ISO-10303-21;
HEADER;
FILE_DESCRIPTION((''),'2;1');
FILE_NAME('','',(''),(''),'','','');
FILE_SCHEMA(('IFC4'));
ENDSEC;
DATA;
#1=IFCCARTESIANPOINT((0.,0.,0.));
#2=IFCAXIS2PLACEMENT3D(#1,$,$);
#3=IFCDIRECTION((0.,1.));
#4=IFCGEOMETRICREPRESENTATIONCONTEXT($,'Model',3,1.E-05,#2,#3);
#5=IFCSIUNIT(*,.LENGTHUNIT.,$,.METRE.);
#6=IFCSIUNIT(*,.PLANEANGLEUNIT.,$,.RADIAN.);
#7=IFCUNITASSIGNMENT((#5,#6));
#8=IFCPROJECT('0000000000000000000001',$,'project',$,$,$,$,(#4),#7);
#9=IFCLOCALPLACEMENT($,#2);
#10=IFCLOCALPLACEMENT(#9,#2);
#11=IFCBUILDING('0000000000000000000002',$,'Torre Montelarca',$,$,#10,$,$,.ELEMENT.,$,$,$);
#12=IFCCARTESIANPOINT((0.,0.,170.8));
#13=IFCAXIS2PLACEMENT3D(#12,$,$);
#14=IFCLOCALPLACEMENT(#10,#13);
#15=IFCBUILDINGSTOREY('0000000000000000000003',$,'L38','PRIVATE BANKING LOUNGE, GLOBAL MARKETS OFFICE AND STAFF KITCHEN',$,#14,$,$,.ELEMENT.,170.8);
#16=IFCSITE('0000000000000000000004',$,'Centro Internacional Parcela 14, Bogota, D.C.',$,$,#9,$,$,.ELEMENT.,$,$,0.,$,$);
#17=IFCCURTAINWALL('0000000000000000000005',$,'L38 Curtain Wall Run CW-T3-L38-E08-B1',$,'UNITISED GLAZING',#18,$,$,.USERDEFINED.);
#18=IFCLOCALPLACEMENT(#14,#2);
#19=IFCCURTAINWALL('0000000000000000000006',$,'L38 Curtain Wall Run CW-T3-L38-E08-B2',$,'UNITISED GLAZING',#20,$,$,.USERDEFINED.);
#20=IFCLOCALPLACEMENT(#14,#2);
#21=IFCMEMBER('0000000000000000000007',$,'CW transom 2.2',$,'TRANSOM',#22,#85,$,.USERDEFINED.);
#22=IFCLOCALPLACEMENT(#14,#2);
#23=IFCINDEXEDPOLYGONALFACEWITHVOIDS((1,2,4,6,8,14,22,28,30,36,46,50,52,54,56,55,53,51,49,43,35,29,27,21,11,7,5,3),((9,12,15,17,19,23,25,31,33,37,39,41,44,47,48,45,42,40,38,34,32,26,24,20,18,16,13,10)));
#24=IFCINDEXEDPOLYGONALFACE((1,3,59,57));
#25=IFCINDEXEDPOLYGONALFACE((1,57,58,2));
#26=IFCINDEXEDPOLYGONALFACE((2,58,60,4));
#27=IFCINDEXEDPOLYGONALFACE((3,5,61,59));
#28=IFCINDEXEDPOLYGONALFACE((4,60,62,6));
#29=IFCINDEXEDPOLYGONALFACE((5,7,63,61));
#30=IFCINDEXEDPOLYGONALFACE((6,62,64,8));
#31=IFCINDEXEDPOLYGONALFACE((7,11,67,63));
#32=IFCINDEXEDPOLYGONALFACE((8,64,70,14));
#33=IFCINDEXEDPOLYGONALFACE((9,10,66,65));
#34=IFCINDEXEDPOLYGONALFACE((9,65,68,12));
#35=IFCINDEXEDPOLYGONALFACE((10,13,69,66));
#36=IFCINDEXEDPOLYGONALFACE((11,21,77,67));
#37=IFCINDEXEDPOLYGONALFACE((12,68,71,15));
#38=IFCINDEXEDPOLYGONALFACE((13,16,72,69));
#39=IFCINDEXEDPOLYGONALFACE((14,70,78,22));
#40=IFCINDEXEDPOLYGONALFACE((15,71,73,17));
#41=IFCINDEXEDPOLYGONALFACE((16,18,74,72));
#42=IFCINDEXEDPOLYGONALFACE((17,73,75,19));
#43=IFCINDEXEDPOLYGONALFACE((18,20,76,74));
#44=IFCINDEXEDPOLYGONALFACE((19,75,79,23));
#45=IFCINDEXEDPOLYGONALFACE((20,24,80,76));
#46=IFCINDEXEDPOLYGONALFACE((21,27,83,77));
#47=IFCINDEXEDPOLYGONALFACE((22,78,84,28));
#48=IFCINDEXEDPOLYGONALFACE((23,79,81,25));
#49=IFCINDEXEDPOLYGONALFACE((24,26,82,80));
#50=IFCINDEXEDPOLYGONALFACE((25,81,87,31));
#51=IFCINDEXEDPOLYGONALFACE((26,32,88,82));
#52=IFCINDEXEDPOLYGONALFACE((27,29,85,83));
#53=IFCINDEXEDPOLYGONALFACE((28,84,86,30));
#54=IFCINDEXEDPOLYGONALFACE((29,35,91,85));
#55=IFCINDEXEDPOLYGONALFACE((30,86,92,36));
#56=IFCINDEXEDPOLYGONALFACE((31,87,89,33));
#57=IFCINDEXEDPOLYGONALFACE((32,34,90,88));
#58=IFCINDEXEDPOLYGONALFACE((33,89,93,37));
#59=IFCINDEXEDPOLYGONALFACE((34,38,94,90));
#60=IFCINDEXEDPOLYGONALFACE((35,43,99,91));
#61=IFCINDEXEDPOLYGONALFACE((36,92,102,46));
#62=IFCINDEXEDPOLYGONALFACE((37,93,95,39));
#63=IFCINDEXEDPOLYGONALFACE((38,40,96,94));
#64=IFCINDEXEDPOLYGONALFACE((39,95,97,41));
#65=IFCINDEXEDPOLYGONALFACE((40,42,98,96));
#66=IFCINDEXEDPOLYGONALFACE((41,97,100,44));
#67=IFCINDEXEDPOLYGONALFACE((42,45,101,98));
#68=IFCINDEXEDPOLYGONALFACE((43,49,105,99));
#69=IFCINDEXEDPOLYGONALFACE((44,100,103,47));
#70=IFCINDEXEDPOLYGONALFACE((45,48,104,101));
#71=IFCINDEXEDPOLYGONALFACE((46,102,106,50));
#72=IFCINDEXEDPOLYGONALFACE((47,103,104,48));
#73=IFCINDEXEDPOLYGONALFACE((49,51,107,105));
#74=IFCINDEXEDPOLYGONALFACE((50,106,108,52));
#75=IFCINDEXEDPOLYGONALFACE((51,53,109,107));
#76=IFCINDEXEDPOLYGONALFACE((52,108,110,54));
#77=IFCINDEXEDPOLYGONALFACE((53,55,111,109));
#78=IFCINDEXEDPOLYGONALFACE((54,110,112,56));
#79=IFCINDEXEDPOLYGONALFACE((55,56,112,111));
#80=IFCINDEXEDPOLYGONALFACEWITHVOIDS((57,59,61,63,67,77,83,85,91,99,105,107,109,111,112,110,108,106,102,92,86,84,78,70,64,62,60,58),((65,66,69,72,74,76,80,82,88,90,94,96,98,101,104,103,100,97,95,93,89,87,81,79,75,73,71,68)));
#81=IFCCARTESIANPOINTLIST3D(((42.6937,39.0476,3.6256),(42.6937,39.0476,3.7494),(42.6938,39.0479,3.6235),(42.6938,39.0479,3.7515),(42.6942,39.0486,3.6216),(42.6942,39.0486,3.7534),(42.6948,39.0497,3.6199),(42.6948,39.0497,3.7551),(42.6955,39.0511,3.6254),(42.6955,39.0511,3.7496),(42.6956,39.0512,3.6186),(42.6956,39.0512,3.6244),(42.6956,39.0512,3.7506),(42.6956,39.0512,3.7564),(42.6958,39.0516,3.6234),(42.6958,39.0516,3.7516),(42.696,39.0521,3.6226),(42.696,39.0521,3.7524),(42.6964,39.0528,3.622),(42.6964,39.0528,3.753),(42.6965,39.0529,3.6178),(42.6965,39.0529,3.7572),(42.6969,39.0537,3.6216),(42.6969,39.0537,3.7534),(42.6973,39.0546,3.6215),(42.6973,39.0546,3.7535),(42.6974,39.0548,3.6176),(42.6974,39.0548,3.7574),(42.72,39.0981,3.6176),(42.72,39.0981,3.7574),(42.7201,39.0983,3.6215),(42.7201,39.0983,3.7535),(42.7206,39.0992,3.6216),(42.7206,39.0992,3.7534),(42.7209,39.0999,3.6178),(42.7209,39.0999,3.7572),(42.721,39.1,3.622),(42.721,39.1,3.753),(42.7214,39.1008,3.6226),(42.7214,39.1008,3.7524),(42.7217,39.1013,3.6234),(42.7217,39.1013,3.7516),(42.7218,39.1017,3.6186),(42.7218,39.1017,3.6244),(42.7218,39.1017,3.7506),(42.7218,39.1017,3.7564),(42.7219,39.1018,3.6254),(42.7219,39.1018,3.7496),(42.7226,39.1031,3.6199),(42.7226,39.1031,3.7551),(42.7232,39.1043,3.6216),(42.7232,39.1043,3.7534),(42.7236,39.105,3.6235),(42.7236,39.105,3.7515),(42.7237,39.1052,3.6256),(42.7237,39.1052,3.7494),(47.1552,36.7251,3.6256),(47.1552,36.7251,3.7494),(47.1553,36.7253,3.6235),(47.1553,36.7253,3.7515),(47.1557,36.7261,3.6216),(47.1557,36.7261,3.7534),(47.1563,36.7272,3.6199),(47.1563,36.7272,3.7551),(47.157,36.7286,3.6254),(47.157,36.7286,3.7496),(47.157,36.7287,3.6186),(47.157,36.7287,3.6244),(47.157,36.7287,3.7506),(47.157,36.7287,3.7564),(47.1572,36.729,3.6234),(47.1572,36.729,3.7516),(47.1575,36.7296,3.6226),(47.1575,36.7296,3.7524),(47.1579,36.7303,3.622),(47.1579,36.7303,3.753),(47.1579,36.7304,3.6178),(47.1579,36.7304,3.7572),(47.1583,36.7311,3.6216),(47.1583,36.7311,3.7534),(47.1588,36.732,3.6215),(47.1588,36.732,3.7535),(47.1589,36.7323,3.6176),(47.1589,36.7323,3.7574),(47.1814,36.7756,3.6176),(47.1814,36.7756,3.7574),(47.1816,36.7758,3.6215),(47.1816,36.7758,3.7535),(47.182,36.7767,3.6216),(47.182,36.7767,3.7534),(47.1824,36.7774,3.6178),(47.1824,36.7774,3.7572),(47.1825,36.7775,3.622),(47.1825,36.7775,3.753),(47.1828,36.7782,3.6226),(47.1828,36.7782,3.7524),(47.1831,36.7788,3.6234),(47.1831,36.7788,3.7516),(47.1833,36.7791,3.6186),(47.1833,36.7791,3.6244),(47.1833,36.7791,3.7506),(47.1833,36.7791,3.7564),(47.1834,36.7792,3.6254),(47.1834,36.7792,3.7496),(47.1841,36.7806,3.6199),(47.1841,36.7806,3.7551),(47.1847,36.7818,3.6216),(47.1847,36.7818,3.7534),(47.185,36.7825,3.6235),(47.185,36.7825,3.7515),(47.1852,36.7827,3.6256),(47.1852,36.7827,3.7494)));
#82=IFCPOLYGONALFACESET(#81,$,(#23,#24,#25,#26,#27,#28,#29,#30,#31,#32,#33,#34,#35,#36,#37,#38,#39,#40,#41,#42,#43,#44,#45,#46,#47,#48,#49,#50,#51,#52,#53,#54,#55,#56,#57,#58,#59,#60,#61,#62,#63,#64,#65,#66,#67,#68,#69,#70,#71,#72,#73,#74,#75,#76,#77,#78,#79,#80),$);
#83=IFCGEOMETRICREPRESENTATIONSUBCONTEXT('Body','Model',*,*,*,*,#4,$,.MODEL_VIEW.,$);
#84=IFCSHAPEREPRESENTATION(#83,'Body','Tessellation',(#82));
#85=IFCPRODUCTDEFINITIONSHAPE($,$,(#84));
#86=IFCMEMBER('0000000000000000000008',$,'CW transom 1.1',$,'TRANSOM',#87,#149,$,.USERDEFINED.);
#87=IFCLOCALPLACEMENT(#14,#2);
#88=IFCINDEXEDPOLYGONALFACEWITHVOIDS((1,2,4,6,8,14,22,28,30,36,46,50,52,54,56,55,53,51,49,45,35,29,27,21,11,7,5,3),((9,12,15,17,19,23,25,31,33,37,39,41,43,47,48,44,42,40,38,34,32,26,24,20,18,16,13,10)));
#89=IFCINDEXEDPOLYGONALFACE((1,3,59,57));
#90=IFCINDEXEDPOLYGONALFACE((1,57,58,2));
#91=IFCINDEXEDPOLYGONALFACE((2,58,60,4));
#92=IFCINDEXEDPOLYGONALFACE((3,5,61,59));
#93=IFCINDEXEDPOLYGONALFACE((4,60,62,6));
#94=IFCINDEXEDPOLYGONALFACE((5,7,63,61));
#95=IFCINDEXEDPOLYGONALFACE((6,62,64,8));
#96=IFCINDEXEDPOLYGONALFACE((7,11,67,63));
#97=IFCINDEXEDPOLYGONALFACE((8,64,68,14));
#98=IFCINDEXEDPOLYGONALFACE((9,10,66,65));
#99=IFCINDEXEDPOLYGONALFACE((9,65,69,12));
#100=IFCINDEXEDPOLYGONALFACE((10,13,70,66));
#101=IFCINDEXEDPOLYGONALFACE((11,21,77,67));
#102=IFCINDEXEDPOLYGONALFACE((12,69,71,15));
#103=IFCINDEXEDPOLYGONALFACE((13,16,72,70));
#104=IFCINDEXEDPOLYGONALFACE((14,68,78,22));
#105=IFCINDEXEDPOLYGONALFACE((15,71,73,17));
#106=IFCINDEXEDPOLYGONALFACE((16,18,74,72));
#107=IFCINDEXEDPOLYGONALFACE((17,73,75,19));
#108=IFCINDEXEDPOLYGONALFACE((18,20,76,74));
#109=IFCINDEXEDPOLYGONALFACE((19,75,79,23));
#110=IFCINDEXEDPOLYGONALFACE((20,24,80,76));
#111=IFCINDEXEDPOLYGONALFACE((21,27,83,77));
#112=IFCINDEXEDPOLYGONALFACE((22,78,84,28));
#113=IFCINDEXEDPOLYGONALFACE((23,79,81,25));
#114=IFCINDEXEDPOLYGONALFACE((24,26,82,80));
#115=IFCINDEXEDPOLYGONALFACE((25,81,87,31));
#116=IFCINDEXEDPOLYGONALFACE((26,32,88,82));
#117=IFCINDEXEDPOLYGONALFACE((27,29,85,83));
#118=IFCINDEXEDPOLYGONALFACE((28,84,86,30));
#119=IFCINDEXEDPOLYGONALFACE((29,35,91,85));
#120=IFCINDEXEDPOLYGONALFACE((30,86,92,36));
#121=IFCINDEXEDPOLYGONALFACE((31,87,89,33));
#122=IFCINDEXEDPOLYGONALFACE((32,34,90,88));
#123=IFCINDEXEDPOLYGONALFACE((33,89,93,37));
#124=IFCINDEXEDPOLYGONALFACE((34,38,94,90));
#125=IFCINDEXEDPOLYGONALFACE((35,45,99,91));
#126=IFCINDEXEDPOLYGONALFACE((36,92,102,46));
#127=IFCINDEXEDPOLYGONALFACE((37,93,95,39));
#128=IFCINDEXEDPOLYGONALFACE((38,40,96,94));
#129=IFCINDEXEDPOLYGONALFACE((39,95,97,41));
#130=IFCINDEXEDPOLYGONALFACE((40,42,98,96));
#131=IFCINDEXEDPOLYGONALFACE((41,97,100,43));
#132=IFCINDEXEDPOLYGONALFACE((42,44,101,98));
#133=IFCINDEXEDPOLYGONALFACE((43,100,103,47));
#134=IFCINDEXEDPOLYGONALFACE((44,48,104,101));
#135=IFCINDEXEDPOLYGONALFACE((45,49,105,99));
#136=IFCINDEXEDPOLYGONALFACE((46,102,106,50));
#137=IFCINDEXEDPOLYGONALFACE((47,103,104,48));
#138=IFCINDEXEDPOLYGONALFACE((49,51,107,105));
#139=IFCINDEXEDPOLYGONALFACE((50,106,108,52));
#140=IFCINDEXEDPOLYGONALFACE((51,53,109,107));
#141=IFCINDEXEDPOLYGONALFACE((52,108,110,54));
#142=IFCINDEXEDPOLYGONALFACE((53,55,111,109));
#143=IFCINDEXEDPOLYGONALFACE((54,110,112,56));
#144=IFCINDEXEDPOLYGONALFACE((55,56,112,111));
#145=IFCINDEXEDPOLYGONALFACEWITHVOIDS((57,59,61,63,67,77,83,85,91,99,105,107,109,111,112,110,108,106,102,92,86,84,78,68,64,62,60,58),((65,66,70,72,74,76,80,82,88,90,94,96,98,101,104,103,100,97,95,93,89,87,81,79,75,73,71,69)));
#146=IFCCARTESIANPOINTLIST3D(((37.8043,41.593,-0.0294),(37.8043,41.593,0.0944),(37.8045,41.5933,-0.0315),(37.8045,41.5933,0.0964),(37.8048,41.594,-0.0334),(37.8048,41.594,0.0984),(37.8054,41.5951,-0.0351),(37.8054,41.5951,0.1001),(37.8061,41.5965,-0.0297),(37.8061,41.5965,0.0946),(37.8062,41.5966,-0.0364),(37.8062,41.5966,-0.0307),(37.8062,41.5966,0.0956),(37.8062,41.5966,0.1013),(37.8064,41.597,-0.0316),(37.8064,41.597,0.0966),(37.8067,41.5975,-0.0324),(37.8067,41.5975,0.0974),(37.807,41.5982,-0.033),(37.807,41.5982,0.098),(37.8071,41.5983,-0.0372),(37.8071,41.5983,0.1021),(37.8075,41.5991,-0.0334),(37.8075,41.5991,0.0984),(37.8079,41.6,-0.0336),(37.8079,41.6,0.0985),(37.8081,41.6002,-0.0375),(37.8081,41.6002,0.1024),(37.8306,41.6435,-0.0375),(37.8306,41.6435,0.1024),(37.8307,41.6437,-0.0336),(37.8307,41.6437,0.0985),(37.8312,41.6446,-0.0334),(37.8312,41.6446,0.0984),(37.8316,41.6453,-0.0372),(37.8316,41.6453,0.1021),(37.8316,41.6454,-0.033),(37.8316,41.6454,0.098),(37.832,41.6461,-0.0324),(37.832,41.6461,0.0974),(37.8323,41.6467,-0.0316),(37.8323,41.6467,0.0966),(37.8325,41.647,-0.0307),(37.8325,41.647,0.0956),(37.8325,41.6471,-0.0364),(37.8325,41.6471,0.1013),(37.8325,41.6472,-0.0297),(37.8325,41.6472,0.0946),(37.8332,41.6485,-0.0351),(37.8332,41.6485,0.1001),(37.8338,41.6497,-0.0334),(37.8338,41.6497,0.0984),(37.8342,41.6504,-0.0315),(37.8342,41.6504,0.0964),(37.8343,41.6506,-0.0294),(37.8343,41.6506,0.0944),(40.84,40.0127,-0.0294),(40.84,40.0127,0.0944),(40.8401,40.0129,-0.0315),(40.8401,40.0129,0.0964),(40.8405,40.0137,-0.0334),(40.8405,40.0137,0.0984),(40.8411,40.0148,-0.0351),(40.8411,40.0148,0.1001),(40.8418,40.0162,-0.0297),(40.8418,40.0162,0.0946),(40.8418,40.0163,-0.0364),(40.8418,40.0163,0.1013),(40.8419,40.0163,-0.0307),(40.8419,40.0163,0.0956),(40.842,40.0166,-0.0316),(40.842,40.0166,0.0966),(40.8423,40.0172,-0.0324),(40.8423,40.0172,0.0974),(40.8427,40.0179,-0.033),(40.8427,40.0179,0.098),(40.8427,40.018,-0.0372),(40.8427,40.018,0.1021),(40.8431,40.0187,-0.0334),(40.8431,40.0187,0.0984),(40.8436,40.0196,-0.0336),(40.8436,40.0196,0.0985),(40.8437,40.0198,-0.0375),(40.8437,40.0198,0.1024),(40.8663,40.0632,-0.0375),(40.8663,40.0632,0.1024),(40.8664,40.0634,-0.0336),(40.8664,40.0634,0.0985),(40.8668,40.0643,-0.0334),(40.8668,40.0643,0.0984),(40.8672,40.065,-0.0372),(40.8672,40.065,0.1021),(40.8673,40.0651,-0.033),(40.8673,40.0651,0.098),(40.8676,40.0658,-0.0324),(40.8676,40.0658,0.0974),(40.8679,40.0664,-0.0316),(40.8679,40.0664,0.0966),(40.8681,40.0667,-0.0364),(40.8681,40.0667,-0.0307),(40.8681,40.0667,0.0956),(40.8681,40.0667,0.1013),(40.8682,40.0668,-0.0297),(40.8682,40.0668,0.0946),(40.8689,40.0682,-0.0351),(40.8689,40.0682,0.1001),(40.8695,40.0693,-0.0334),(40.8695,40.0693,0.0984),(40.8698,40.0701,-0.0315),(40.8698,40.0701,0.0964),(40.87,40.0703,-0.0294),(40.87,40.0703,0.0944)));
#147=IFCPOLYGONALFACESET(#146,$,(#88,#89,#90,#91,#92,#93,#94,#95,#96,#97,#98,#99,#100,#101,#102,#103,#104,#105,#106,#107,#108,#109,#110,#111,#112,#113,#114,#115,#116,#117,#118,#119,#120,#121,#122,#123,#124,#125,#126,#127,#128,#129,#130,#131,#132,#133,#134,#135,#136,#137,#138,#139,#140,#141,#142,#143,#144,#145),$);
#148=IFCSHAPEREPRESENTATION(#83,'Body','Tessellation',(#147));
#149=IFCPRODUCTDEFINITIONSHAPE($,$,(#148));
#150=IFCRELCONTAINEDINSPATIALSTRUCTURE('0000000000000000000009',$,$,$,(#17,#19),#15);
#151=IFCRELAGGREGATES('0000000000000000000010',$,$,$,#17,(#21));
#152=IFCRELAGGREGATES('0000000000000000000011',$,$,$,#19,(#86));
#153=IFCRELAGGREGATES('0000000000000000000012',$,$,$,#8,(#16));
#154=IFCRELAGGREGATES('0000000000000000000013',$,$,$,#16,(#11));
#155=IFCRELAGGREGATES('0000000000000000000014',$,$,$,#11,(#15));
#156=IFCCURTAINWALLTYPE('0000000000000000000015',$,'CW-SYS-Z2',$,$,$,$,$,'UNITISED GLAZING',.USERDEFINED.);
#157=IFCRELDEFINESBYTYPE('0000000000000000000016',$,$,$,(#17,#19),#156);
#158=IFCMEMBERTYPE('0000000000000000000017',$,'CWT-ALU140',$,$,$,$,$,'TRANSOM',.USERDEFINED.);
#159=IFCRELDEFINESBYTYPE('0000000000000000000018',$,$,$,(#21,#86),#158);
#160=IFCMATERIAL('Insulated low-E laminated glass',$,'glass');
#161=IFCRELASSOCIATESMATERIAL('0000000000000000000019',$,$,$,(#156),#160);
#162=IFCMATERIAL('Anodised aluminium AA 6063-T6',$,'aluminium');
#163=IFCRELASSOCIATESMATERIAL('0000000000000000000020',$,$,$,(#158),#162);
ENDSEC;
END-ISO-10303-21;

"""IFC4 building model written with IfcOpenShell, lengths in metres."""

from ifc_helpers import new_model, si_unit, direction, frame, origin, origin_2d, place, context, subcontext, project, spatial, hollow_rectangle, extrude, source, transform, mapped, material, material_profile, profile_set, type_object, element, aggregate, save


model = new_model("IFC4")

# Units and contexts
model_context = context("Model", 3, precision=1e-05, world=origin(), true_north=direction((0.0, 1.0)))
body_context = subcontext(model_context, "Body", "Model", "MODEL_VIEW")
ifc_project = project(units=[si_unit("LENGTHUNIT", "METRE"), si_unit("PLANEANGLEUNIT", "RADIAN")], contexts=[model_context])

# Site, building, storey
site_placement = place(None, origin())
site = spatial("IfcSite", under=ifc_project, at=site_placement, Name="Centro Internacional Parcela 14, Bogota, D.C.", CompositionType="ELEMENT", RefElevation=0.0)
building_placement = place(site_placement, origin())
building = spatial("IfcBuilding", under=site, at=building_placement, Name="Torre Montelarca", CompositionType="ELEMENT")
storey_placement = place(building_placement, frame((0.0, 0.0, 170.8)))
storey = spatial("IfcBuildingStorey", under=building, at=storey_placement, Name="L38", Description="PRIVATE BANKING LOUNGE, GLOBAL MARKETS OFFICE AND STAFF KITCHEN", CompositionType="ELEMENT", Elevation=170.8)

# Curtain walls
ifc_material_1 = material(Name="Insulated low-E laminated glass", Category="glass")
curtain_wall_type = type_object("IfcCurtainWallType", Name="CW-SYS-Z2", ElementType="UNITISED GLAZING", PredefinedType="USERDEFINED", material=ifc_material_1)
ifc_material_2 = material(Name="Anodised aluminium AA 6063-T6", Category="aluminium")
ifc_material_profile_1 = material_profile(ifc_material_2, hollow_rectangle(XDim=0.0649, YDim=0.1399, WallThickness=0.0039, InnerFilletRadius=0.0039, OuterFilletRadius=0.0081, at=origin_2d()), Name="ALU65X140X4", Category="aluminium")
ifc_profile_set_1 = profile_set([ifc_material_profile_1], Name="Anodised aluminium AA 6063-T6")
member_type_1 = type_object("IfcMemberType", Name="CWT-ALU140", ElementType="TRANSOM", PredefinedType="USERDEFINED", material=ifc_profile_set_1)
curtain_wall_1_placement = place(storey_placement, origin())
curtain_wall_1 = element("IfcCurtainWall", 1, at=curtain_wall_1_placement, inside=storey, type_object=curtain_wall_type, Name="L38 Curtain Wall Run CW-T3-L38-E08-B1", ObjectType="UNITISED GLAZING", PredefinedType="USERDEFINED")
curtain_wall_2_placement = place(storey_placement, origin())
curtain_wall_2 = element("IfcCurtainWall", 2, at=curtain_wall_2_placement, inside=storey, type_object=curtain_wall_type, Name="L38 Curtain Wall Run CW-T3-L38-E08-B2", ObjectType="UNITISED GLAZING", PredefinedType="USERDEFINED")

# Members
shared_shape_1 = source(origin(), body_context, "Body", "SweptSolid", [
    extrude(hollow_rectangle(XDim=0.0649, YDim=0.1399, WallThickness=0.0039, InnerFilletRadius=0.0039, OuterFilletRadius=0.0081, at=origin_2d()), origin(), (0.0, 0.0, 1.0), 5.0298),
])
member_1_placement = place(storey_placement, frame((47.1702, 36.7539, 3.6875), z_axis=(-0.887008, 0.461755, 0.0), x_axis=(-0.461755, -0.887008, 0.0)))
member_1 = element("IfcMember", 3, at=member_1_placement, type_object=member_type_1, Name="CW transom 2.2", ObjectType="TRANSOM", PredefinedType="USERDEFINED", context=body_context, shape_type="MappedRepresentation", body=[
    mapped(shared_shape_1, transform((0.0, 0.0, 0.0), scale=1.0)),
])
shared_shape_2 = source(origin(), body_context, "Body", "SweptSolid", [
    extrude(hollow_rectangle(XDim=0.0649, YDim=0.1399, WallThickness=0.0039, InnerFilletRadius=0.0039, OuterFilletRadius=0.0081, at=origin_2d()), origin(), (0.0, 0.0, 1.0), 3.4224),
])
member_2_placement = place(storey_placement, frame((40.855, 40.0415, 0.0325), z_axis=(-0.887003, 0.461764, 0.0), x_axis=(-0.461764, -0.887003, 0.0)))
member_2 = element("IfcMember", 4, at=member_2_placement, type_object=member_type_1, Name="CW transom 1.1", ObjectType="TRANSOM", PredefinedType="USERDEFINED", context=body_context, shape_type="MappedRepresentation", body=[
    mapped(shared_shape_2, transform((0.0, 0.0, 0.0), scale=1.0)),
])

aggregate(curtain_wall_1, [member_1])
aggregate(curtain_wall_2, [member_2])

save(model, "model.ifc")
